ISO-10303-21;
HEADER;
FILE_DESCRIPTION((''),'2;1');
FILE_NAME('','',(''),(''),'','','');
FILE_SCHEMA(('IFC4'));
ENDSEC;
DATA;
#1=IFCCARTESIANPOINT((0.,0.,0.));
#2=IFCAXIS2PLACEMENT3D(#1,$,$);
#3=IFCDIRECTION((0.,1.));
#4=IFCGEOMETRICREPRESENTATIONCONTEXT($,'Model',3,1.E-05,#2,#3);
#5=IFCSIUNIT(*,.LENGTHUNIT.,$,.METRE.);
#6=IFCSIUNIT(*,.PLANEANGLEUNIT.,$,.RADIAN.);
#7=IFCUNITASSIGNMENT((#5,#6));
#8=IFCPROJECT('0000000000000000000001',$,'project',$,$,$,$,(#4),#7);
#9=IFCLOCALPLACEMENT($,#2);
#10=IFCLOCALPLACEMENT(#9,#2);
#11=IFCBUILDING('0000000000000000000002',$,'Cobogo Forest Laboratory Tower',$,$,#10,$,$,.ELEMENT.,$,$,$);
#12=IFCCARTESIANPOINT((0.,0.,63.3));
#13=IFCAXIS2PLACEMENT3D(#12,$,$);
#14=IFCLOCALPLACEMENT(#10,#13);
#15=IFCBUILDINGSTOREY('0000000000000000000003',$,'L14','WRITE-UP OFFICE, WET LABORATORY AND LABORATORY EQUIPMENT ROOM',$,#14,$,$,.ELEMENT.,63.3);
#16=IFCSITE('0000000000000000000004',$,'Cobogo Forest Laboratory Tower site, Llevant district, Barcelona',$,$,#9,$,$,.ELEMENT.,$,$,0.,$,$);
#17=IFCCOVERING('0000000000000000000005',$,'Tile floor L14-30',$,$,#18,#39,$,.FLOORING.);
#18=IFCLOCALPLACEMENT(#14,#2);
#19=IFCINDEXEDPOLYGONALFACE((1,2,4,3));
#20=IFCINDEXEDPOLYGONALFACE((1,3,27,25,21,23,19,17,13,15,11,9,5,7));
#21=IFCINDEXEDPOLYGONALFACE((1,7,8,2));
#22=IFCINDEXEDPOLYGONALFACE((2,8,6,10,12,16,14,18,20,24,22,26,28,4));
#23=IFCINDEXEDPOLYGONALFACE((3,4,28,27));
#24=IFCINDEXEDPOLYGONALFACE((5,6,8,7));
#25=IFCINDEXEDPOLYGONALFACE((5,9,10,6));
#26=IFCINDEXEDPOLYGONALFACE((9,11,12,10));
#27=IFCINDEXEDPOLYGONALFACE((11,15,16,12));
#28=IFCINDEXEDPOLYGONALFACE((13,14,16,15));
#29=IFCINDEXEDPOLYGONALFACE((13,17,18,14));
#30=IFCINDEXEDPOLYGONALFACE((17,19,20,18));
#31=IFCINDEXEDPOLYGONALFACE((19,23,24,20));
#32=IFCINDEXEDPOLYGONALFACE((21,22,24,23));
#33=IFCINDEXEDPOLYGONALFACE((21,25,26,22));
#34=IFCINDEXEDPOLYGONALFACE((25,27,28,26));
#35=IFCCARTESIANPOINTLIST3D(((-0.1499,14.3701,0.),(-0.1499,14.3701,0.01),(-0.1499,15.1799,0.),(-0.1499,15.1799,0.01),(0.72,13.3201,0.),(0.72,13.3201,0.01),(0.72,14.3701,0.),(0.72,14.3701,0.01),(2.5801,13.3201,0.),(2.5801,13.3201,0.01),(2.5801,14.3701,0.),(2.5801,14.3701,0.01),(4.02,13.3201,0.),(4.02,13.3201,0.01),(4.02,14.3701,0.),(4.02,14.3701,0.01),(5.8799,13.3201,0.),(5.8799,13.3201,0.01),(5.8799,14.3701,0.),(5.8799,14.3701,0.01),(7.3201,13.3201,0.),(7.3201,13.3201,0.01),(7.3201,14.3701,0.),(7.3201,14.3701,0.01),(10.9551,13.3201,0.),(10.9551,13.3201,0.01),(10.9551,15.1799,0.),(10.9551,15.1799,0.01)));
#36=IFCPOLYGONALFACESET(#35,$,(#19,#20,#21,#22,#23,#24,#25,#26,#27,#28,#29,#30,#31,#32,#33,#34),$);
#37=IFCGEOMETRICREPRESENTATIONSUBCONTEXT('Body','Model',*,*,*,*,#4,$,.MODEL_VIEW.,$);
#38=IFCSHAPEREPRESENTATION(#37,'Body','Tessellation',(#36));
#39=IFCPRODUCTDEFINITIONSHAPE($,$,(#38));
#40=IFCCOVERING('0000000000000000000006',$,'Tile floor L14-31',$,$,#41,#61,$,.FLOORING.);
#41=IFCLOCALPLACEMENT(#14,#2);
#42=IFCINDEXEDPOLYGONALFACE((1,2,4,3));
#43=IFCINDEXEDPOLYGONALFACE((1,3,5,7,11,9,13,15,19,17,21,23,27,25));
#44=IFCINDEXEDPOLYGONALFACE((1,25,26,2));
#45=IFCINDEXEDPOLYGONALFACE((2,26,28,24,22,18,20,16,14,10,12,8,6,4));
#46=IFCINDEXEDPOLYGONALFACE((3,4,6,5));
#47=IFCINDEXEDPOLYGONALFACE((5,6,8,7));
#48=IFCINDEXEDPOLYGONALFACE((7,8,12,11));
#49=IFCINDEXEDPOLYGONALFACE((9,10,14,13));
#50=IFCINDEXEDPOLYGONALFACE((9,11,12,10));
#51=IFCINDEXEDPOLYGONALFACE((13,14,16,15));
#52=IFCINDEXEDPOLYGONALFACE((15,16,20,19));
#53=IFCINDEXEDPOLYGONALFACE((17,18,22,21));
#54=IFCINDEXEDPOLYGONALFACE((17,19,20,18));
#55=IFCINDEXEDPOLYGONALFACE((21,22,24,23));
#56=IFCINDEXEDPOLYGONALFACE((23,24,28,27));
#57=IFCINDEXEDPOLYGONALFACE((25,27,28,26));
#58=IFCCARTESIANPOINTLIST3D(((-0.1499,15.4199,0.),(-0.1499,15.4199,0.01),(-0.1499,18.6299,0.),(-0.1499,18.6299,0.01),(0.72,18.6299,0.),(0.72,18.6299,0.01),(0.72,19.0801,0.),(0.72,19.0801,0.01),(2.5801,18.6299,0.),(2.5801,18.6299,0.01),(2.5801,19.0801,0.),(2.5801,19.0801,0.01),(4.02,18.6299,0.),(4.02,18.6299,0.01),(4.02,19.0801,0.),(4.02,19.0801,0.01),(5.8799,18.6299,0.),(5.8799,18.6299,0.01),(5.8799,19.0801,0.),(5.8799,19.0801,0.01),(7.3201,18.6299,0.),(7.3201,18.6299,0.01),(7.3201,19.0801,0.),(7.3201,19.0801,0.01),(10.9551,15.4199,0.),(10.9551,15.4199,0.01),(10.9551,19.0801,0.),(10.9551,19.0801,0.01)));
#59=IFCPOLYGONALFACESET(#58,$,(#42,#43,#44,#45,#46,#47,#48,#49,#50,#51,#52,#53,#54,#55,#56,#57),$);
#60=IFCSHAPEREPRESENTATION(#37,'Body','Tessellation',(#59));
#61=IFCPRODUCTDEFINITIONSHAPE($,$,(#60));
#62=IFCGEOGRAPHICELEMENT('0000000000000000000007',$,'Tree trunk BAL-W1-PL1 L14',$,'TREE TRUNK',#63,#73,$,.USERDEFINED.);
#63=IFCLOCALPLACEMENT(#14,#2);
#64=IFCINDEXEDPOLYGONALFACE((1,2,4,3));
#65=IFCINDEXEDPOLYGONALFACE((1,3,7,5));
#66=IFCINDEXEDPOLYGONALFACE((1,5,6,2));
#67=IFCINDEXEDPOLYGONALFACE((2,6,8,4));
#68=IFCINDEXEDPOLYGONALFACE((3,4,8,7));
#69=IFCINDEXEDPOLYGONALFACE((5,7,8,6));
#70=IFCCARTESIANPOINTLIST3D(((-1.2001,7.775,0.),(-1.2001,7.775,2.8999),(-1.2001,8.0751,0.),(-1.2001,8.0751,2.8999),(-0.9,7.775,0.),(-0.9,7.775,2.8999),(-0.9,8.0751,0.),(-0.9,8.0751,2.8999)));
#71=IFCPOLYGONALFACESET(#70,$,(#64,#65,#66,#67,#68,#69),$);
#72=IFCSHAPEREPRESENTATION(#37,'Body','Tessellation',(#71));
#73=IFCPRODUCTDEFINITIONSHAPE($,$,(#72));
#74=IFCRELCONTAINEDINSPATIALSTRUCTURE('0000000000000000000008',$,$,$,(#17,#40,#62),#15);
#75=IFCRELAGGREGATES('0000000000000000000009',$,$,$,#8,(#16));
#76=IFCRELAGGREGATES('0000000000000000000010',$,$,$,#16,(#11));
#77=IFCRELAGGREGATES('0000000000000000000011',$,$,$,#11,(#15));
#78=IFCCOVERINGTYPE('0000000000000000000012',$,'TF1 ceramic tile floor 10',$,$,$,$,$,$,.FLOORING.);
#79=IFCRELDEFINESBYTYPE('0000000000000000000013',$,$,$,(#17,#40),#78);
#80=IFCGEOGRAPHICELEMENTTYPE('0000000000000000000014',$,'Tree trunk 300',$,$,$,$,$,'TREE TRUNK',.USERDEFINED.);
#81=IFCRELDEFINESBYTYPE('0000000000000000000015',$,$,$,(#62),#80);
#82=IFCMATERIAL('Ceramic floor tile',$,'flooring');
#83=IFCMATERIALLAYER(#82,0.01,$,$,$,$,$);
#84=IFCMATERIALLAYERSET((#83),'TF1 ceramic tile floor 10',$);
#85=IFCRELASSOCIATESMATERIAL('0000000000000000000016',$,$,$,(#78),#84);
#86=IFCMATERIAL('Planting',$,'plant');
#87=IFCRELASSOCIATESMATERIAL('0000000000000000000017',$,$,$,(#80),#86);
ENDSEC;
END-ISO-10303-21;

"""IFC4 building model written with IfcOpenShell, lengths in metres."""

from ifc_helpers import new_model, si_unit, direction, frame, origin, origin_2d, place, context, subcontext, project, spatial, polyline, rectangle, outline, extrude, material, layer, layer_set, type_object, element, save


model = new_model("IFC4")

# Units and contexts
model_context = context("Model", 3, precision=1e-05, world=origin(), true_north=direction((0.0, 1.0)))
body_context = subcontext(model_context, "Body", "Model", "MODEL_VIEW")
ifc_project = project(units=[si_unit("LENGTHUNIT", "METRE"), si_unit("PLANEANGLEUNIT", "RADIAN")], contexts=[model_context])

# Site, building, storey
site_placement = place(None, origin())
site = spatial("IfcSite", under=ifc_project, at=site_placement, Name="Cobogo Forest Laboratory Tower site, Llevant district, Barcelona", CompositionType="ELEMENT", RefElevation=0.0)
building_placement = place(site_placement, origin())
building = spatial("IfcBuilding", under=site, at=building_placement, Name="Cobogo Forest Laboratory Tower", CompositionType="ELEMENT")
storey_placement = place(building_placement, frame((0.0, 0.0, 63.3)))
storey = spatial("IfcBuildingStorey", under=building, at=storey_placement, Name="L14", Description="WRITE-UP OFFICE, WET LABORATORY AND LABORATORY EQUIPMENT ROOM", CompositionType="ELEMENT", Elevation=63.3)

# Coverings
ifc_material_1 = material(Name="Ceramic floor tile", Category="flooring")
ifc_layer_1 = layer(ifc_material_1, 0.01)
ifc_layer_set_1 = layer_set([ifc_layer_1], Name="TF1 ceramic tile floor 10")
covering_type_1 = type_object("IfcCoveringType", Name="TF1 ceramic tile floor 10", PredefinedType="FLOORING", material=ifc_layer_set_1)
covering_1_placement = place(storey_placement, origin())
element("IfcCovering", 1, at=covering_1_placement, inside=storey, type_object=covering_type_1, Name="Tile floor L14-30", PredefinedType="FLOORING", context=body_context, shape_type="SweptSolid", body=[
    extrude(outline(polyline([(10.9551, 13.3201), (7.3201, 13.3201), (7.3201, 14.3701), (5.8799, 14.3701), (5.8799, 13.3201), (4.02, 13.3201), (4.02, 14.3701), (2.5801, 14.3701), (2.5801, 13.3201), (0.72, 13.3201), (0.72, 14.3701), (-0.1499, 14.3701), (-0.1499, 15.1799), (10.9551, 15.1799), (10.9551, 13.3201)])), origin(), (0.0, 0.0, 1.0), 0.01),
])
covering_2_placement = place(storey_placement, origin())
element("IfcCovering", 2, at=covering_2_placement, inside=storey, type_object=covering_type_1, Name="Tile floor L14-31", PredefinedType="FLOORING", context=body_context, shape_type="SweptSolid", body=[
    extrude(outline(polyline([(10.9551, 15.4199), (-0.1499, 15.4199), (-0.1499, 18.6299), (0.72, 18.6299), (0.72, 19.0801), (2.5801, 19.0801), (2.5801, 18.6299), (4.02, 18.6299), (4.02, 19.0801), (5.8799, 19.0801), (5.8799, 18.6299), (7.3201, 18.6299), (7.3201, 19.0801), (10.9551, 19.0801), (10.9551, 15.4199)])), origin(), (0.0, 0.0, 1.0), 0.01),
])

# Geographic element
ifc_material_2 = material(Name="Planting", Category="plant")
geographic_element_type = type_object("IfcGeographicElementType", Name="Tree trunk 300", ElementType="TREE TRUNK", PredefinedType="USERDEFINED", material=ifc_material_2)
geographic_element_placement = place(storey_placement, frame((-1.05, 7.925, 0.0), z_axis=(0.0, 0.0, 1.0), x_axis=(1.0, 0.0, 0.0)))
element("IfcGeographicElement", 3, at=geographic_element_placement, inside=storey, type_object=geographic_element_type, Name="Tree trunk BAL-W1-PL1 L14", ObjectType="TREE TRUNK", PredefinedType="USERDEFINED", context=body_context, shape_type="SweptSolid", body=[
    extrude(rectangle(XDim=0.3, YDim=0.3, at=origin_2d()), origin(), (0.0, 0.0, 1.0), 2.8999),
])

save(model, "model.ifc")
